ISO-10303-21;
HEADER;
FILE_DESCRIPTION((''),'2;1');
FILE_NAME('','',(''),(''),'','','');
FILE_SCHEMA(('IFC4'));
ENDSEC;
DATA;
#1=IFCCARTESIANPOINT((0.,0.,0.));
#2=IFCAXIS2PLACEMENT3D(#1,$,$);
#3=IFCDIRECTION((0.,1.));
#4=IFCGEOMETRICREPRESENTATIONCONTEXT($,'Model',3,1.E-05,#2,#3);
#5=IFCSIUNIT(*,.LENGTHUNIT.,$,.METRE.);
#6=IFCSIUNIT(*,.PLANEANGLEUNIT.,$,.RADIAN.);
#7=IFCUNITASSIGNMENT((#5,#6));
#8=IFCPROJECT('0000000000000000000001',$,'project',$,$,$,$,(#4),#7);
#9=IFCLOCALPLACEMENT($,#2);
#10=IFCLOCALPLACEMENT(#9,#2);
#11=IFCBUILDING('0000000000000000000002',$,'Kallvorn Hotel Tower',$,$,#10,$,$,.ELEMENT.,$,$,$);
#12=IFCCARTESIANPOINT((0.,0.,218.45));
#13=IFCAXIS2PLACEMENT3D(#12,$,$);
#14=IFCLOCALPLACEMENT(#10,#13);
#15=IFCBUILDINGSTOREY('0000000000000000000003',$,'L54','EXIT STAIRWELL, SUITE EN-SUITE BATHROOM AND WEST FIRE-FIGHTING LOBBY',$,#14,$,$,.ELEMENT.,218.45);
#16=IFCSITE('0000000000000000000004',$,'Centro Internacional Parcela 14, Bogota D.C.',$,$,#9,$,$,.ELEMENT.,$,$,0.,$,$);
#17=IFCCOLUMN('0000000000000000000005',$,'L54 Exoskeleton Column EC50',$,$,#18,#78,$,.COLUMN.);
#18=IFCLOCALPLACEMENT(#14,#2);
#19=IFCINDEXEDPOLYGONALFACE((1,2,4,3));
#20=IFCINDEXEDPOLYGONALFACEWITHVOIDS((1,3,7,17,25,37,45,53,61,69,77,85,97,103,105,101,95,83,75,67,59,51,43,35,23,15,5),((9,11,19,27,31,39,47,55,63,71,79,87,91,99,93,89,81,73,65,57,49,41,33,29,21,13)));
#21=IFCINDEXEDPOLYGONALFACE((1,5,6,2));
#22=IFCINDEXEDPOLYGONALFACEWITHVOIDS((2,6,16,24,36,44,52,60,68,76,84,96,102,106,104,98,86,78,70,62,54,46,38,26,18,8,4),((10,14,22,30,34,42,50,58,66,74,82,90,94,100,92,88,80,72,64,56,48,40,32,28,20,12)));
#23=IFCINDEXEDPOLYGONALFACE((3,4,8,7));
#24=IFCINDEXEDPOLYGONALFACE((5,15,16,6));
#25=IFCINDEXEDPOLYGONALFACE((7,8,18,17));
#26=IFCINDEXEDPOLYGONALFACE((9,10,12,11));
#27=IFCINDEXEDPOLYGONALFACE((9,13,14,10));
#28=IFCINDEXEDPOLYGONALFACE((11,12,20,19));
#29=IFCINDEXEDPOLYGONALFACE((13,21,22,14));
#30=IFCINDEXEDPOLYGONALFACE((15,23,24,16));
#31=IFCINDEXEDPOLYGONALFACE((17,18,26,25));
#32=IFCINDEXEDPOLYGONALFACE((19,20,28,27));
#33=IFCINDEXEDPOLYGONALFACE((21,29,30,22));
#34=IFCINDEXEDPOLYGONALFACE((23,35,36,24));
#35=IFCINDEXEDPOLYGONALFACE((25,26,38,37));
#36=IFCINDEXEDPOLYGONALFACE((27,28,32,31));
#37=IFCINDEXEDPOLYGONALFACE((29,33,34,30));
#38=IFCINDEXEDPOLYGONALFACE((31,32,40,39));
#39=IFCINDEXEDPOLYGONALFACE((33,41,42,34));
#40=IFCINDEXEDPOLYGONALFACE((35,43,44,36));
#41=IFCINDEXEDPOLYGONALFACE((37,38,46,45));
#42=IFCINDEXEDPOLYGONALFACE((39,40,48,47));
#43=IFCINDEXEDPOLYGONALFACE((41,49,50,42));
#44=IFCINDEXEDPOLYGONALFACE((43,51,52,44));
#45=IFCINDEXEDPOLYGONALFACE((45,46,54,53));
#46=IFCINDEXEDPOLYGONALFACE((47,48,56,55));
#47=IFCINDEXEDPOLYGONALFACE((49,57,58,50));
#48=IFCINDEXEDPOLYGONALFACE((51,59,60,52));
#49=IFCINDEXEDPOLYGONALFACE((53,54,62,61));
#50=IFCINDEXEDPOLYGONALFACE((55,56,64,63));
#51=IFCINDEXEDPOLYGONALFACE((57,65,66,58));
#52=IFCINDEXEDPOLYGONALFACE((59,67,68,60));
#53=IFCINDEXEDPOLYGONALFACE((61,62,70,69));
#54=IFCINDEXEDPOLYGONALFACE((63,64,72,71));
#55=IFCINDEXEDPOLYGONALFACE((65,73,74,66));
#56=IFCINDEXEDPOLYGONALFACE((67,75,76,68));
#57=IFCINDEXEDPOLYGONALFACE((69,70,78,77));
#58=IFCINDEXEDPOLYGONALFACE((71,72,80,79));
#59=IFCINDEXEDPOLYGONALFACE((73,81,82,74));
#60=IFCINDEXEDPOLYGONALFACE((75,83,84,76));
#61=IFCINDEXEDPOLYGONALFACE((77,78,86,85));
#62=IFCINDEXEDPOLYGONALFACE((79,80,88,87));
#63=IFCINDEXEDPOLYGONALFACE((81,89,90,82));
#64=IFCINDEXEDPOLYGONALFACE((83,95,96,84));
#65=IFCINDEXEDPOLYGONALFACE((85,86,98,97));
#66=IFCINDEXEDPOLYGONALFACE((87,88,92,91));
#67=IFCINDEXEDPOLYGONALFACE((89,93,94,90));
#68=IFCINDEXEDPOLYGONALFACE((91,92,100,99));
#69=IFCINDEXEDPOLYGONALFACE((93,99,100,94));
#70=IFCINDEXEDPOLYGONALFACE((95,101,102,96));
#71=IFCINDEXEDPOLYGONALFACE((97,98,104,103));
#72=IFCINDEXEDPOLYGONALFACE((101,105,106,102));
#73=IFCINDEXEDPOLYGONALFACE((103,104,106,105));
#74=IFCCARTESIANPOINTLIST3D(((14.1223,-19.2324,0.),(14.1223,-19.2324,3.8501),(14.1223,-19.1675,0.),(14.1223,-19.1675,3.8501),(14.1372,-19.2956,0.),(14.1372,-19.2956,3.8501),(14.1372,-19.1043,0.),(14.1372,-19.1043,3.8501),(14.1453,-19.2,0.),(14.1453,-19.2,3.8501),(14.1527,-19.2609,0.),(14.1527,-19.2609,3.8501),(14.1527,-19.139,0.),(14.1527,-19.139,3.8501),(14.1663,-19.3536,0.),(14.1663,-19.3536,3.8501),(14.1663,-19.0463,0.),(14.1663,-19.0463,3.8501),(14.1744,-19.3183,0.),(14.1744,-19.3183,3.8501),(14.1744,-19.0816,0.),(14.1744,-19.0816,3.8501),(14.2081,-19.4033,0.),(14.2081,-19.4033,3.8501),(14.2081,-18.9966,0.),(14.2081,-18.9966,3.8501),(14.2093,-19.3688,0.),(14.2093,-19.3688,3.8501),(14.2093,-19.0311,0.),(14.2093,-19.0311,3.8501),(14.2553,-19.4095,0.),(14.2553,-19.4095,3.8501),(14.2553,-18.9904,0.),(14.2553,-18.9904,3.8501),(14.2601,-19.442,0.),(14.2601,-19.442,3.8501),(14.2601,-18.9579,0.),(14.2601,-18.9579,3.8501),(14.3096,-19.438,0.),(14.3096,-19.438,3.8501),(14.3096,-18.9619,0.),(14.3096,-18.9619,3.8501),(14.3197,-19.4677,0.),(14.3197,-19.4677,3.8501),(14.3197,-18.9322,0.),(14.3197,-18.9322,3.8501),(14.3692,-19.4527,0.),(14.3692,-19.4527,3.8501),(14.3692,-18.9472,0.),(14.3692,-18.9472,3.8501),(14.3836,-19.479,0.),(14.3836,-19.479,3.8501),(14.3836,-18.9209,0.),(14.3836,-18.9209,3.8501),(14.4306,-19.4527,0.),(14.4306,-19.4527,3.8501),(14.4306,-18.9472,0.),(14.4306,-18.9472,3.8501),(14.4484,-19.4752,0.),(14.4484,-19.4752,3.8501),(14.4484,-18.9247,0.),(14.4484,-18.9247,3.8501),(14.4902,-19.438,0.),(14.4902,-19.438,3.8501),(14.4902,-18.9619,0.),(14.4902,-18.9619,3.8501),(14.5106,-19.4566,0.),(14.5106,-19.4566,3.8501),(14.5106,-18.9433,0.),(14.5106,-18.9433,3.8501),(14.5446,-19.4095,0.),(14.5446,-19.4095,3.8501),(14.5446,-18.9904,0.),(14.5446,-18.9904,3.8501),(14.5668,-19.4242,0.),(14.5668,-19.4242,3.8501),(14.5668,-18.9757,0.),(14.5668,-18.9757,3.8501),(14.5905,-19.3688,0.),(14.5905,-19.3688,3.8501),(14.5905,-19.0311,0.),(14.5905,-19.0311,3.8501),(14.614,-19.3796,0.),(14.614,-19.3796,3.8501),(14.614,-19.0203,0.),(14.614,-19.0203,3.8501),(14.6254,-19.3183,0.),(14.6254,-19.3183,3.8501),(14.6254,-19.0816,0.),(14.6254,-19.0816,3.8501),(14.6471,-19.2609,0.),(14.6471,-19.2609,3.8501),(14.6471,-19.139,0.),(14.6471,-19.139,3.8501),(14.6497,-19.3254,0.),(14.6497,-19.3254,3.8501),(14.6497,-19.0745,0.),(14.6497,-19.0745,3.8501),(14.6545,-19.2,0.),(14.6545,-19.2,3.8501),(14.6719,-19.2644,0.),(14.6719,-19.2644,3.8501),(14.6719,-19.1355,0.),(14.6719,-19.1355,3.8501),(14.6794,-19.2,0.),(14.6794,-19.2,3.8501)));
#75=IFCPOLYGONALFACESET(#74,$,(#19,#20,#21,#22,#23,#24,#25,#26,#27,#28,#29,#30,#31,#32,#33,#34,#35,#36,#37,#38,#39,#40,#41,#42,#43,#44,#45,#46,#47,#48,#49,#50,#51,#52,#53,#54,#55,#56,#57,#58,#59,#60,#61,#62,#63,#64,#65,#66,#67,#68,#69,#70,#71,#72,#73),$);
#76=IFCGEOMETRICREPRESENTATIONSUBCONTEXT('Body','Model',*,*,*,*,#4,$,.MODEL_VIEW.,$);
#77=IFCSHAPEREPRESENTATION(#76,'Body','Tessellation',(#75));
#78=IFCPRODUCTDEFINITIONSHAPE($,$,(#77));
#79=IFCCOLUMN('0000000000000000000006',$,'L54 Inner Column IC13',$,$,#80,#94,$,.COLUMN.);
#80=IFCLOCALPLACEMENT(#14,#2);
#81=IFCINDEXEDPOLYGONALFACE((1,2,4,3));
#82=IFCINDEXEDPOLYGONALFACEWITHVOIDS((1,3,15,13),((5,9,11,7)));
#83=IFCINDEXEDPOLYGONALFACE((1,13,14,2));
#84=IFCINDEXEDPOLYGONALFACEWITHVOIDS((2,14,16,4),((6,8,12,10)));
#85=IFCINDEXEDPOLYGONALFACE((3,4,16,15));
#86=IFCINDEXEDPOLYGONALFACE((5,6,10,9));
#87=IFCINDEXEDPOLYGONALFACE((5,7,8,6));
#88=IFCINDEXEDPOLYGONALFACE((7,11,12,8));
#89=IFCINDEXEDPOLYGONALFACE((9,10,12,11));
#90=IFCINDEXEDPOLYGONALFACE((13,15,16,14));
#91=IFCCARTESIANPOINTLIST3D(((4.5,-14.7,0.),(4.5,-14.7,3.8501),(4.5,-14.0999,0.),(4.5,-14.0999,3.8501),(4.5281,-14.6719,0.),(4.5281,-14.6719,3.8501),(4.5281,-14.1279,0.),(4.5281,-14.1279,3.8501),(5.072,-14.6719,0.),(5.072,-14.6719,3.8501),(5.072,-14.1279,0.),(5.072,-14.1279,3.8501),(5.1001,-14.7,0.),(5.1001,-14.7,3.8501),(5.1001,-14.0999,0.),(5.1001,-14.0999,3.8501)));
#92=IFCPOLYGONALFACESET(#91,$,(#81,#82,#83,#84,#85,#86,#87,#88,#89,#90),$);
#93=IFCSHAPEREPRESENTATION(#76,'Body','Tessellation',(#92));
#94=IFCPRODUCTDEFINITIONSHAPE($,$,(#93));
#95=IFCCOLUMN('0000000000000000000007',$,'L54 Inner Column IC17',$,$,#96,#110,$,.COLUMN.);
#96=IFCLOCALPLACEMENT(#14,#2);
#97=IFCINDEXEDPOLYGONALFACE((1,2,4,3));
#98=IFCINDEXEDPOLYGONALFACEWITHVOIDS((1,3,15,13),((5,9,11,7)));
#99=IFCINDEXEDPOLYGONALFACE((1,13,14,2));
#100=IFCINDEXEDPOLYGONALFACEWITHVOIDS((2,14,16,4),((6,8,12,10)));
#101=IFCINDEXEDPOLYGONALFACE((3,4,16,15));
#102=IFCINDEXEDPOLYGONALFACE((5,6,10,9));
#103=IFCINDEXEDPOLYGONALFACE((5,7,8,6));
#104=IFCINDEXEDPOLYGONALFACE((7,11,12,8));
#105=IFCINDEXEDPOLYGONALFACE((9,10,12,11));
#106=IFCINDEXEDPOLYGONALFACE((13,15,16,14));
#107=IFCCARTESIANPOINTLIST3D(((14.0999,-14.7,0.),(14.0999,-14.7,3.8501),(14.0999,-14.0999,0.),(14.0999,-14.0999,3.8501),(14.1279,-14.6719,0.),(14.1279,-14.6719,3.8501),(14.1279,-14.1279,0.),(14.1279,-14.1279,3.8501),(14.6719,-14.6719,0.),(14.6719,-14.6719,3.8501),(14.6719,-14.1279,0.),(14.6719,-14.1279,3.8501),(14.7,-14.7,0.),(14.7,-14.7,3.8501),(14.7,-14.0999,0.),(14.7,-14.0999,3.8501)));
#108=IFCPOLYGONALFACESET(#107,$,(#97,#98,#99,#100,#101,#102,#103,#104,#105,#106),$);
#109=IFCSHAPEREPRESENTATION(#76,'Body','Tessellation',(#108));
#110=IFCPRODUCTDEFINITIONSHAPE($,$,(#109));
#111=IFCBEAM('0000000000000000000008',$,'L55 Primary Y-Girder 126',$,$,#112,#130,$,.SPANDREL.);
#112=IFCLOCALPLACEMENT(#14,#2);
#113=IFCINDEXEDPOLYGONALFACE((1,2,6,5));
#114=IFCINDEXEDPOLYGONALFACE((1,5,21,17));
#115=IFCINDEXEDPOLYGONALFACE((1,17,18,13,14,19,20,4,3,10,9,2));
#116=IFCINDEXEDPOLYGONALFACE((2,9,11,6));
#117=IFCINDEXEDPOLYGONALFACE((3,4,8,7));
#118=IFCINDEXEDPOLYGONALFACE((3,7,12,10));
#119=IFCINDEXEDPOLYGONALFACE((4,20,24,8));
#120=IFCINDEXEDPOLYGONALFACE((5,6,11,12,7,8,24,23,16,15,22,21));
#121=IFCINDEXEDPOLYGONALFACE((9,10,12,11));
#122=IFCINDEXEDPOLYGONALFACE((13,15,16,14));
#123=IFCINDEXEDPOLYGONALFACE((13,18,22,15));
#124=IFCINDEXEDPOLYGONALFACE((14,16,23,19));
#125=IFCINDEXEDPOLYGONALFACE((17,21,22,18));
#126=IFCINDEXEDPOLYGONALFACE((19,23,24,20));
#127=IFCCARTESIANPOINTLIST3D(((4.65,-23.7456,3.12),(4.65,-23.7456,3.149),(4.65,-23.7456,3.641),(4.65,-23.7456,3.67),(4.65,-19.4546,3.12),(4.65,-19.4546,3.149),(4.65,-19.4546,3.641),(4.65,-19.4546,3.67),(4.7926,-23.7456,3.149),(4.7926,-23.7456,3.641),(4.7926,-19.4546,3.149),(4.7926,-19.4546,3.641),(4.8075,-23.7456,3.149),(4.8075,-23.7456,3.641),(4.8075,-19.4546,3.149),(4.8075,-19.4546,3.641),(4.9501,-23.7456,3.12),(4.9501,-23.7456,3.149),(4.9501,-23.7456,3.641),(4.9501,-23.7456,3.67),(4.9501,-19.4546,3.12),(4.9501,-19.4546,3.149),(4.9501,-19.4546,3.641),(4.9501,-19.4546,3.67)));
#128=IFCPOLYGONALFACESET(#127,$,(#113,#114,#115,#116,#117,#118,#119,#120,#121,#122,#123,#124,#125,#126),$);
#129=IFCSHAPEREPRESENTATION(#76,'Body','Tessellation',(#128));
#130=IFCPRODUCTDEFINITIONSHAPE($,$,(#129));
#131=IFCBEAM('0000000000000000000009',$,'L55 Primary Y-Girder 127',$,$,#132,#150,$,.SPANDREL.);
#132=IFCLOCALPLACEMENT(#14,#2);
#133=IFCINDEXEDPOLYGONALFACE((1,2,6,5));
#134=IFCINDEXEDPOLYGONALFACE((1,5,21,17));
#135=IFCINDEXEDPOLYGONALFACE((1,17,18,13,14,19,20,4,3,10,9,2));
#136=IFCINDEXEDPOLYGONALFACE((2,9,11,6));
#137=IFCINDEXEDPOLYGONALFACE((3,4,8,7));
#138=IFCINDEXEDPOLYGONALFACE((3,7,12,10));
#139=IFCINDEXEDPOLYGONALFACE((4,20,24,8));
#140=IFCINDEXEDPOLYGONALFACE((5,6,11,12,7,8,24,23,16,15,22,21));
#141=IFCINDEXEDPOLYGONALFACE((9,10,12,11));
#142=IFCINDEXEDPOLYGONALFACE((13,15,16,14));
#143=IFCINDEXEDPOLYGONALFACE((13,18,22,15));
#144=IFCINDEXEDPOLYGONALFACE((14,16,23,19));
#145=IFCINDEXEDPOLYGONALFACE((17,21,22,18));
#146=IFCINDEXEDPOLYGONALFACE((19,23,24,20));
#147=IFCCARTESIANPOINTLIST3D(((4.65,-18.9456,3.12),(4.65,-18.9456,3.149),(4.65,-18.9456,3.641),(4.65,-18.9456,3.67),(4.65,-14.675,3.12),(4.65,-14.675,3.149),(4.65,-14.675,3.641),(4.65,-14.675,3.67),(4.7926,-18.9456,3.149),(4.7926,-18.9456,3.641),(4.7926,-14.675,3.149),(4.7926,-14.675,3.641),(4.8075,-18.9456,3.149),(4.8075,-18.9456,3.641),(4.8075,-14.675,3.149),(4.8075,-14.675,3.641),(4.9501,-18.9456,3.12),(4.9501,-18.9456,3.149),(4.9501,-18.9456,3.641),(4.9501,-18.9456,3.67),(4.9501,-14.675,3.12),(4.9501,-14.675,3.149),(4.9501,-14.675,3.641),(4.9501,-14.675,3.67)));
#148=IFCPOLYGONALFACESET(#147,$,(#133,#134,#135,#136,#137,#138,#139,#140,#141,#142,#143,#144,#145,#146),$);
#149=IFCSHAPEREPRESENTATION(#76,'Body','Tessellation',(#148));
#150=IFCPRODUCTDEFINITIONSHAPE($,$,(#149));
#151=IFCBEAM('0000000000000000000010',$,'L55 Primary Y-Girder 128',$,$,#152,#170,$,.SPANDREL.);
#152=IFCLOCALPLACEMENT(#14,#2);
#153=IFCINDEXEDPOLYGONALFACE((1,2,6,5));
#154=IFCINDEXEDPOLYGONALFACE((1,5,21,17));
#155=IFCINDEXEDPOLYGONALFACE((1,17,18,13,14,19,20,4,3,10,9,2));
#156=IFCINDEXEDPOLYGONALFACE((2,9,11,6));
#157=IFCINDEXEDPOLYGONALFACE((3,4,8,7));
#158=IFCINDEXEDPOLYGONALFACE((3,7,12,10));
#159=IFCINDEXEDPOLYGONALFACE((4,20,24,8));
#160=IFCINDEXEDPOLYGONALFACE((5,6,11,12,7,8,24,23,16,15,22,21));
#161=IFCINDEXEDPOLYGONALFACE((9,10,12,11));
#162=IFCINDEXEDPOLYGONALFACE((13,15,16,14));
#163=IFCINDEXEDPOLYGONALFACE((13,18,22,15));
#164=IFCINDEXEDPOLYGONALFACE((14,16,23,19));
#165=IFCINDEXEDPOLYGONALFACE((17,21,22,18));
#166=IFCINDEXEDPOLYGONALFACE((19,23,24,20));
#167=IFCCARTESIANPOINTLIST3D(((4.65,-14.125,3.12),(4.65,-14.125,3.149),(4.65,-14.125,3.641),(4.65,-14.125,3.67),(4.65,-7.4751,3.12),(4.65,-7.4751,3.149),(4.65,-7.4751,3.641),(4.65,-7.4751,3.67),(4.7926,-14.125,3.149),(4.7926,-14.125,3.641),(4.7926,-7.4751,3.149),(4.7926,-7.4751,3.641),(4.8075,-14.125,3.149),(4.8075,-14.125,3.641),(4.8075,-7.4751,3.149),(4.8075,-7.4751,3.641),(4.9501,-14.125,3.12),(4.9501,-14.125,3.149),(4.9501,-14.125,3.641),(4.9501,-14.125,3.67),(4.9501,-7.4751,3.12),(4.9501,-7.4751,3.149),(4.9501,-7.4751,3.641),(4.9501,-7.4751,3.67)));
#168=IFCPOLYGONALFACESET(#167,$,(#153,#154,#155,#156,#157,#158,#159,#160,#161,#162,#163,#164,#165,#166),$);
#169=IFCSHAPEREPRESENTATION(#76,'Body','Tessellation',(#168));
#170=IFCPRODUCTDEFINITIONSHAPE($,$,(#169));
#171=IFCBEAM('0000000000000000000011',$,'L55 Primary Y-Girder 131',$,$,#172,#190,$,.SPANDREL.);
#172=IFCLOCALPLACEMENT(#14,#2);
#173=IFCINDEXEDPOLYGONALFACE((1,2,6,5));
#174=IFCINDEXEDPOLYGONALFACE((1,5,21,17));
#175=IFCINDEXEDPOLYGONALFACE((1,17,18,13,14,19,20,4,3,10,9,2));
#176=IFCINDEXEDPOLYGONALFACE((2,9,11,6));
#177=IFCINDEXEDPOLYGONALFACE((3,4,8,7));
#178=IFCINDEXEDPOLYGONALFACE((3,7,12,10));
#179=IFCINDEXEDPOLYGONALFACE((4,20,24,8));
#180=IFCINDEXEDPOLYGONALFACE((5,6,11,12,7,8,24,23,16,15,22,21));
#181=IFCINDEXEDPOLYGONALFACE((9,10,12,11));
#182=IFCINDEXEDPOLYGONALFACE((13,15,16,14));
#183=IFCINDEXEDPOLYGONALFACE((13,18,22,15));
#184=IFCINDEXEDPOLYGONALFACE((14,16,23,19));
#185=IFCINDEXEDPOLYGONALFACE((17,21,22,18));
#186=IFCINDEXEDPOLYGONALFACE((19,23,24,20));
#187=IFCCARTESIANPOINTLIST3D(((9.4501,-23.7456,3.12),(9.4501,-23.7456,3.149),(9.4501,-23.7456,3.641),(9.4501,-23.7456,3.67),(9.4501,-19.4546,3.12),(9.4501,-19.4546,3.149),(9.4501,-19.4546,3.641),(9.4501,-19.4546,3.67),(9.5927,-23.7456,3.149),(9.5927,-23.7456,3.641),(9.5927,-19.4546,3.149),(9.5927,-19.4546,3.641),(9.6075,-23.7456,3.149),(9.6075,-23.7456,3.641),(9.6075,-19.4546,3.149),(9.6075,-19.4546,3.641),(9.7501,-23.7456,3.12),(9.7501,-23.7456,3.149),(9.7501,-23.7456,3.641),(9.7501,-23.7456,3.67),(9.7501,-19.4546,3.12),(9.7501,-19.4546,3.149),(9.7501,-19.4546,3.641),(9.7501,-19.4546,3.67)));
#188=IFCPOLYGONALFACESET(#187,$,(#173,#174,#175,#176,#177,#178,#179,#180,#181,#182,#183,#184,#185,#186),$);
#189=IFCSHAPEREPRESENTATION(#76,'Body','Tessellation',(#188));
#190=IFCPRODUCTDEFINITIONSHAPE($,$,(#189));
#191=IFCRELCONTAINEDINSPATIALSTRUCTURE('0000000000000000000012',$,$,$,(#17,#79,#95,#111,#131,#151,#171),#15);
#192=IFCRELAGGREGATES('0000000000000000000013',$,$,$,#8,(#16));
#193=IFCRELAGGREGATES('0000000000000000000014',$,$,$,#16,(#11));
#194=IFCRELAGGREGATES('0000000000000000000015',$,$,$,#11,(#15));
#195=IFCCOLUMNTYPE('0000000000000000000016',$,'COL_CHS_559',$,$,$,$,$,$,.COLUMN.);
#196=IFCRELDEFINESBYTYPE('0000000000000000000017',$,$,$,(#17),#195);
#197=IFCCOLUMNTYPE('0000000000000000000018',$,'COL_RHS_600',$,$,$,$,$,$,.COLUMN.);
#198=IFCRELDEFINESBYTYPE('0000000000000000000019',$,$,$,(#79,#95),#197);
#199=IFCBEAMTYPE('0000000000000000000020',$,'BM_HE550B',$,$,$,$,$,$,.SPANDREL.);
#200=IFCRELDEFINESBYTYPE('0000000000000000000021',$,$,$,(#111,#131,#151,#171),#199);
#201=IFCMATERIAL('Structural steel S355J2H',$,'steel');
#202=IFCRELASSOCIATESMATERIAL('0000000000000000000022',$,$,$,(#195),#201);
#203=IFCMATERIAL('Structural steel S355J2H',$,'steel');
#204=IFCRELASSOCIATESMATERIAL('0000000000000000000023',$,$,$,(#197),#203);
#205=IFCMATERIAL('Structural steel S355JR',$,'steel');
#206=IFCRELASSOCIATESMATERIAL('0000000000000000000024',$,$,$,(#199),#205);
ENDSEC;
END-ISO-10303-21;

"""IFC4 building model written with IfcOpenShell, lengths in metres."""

from ifc_helpers import new_model, si_unit, direction, frame, origin, origin_2d, place, context, subcontext, project, spatial, hollow_rectangle, hollow_circle, i_section, extrude, material, material_profile, profile_set, type_object, element, save


model = new_model("IFC4")

# Units and contexts
model_context = context("Model", 3, precision=1e-05, world=origin(), true_north=direction((0.0, 1.0)))
body_context = subcontext(model_context, "Body", "Model", "MODEL_VIEW")
ifc_project = project(units=[si_unit("LENGTHUNIT", "METRE"), si_unit("PLANEANGLEUNIT", "RADIAN")], contexts=[model_context])

# Site, building, storey
site_placement = place(None, origin())
site = spatial("IfcSite", under=ifc_project, at=site_placement, Name="Centro Internacional Parcela 14, Bogota D.C.", CompositionType="ELEMENT", RefElevation=0.0)
building_placement = place(site_placement, origin())
building = spatial("IfcBuilding", under=site, at=building_placement, Name="Kallvorn Hotel Tower", CompositionType="ELEMENT")
storey_placement = place(building_placement, frame((0.0, 0.0, 218.45)))
storey = spatial("IfcBuildingStorey", under=building, at=storey_placement, Name="L54", Description="EXIT STAIRWELL, SUITE EN-SUITE BATHROOM AND WEST FIRE-FIGHTING LOBBY", CompositionType="ELEMENT", Elevation=218.45)

# Columns
ifc_material_1 = material(Name="Structural steel S355J2H", Category="steel")
ifc_material_profile_1 = material_profile(ifc_material_1, hollow_circle(Radius=0.2795, WallThickness=0.0249, at=origin_2d()), Name="CHS 559x25")
ifc_profile_set_1 = profile_set([ifc_material_profile_1], Name="Structural steel S355J2H")
column_type_1 = type_object("IfcColumnType", Name="COL_CHS_559", PredefinedType="COLUMN", material=ifc_profile_set_1)
for number, where, z_axis, x_axis, name in (
    (1, (14.3999, -19.2, 0.0), (0.0, 0.0, 1.0), (1.0, 0.0, 0.0), "L54 Exoskeleton Column EC50"),
):
    element("IfcColumn", number, at=place(storey_placement, frame(where, z_axis=z_axis, x_axis=x_axis)), inside=storey, type_object=column_type_1, Name=name, PredefinedType="COLUMN", context=body_context, shape_type="SweptSolid", body=[
        extrude(hollow_circle(Radius=0.2795, WallThickness=0.0249, at=origin_2d()), origin(), (0.0, 0.0, 1.0), 3.8501),
    ])
ifc_material_2 = material(Name="Structural steel S355J2H", Category="steel")
ifc_material_profile_2 = material_profile(ifc_material_2, hollow_rectangle(XDim=0.6001, YDim=0.6001, WallThickness=0.0281, at=origin_2d()), Name="RHS 600x600x28")
ifc_profile_set_2 = profile_set([ifc_material_profile_2], Name="Structural steel S355J2H")
column_type_2 = type_object("IfcColumnType", Name="COL_RHS_600", PredefinedType="COLUMN", material=ifc_profile_set_2)
for number, where, z_axis, x_axis, name in (
    (2, (4.8, -14.3999, 0.0), (0.0, 0.0, 1.0), (1.0, 0.0, 0.0), "L54 Inner Column IC13"),
    (3, (14.3999, -14.3999, 0.0), (0.0, 0.0, 1.0), (1.0, 0.0, 0.0), "L54 Inner Column IC17"),
):
    element("IfcColumn", number, at=place(storey_placement, frame(where, z_axis=z_axis, x_axis=x_axis)), inside=storey, type_object=column_type_2, Name=name, PredefinedType="COLUMN", context=body_context, shape_type="SweptSolid", body=[
        extrude(hollow_rectangle(XDim=0.6001, YDim=0.6001, WallThickness=0.0281, at=origin_2d()), origin(), (0.0, 0.0, 1.0), 3.8501),
    ])

# Beams
ifc_material_3 = material(Name="Structural steel S355JR", Category="steel")
ifc_material_profile_3 = material_profile(ifc_material_3, i_section(OverallWidth=0.3, OverallDepth=0.55, WebThickness=0.0149, FlangeThickness=0.0291, at=origin_2d()), Name="HE 550 B")
ifc_profile_set_3 = profile_set([ifc_material_profile_3], Name="Structural steel S355JR")
beam_type_1 = type_object("IfcBeamType", Name="BM_HE550B", PredefinedType="SPANDREL", material=ifc_profile_set_3)
beam_1_placement = place(storey_placement, frame((4.8, -23.7456, 3.395), z_axis=(0.0, 1.0, 0.0), x_axis=(-1.0, 0.0, 0.0)))
element("IfcBeam", 4, at=beam_1_placement, inside=storey, type_object=beam_type_1, Name="L55 Primary Y-Girder 126", PredefinedType="SPANDREL", context=body_context, shape_type="SweptSolid", body=[
    extrude(i_section(OverallWidth=0.3, OverallDepth=0.55, WebThickness=0.0149, FlangeThickness=0.0291, at=origin_2d()), origin(), (0.0, 0.0, 1.0), 4.291),
])
beam_2_placement = place(storey_placement, frame((4.8, -18.9456, 3.395), z_axis=(0.0, 1.0, 0.0), x_axis=(-1.0, 0.0, 0.0)))
element("IfcBeam", 5, at=beam_2_placement, inside=storey, type_object=beam_type_1, Name="L55 Primary Y-Girder 127", PredefinedType="SPANDREL", context=body_context, shape_type="SweptSolid", body=[
    extrude(i_section(OverallWidth=0.3, OverallDepth=0.55, WebThickness=0.0149, FlangeThickness=0.0291, at=origin_2d()), origin(), (0.0, 0.0, 1.0), 4.2705),
])
beam_3_placement = place(storey_placement, frame((4.8, -14.125, 3.395), z_axis=(0.0, 1.0, 0.0), x_axis=(-1.0, 0.0, 0.0)))
element("IfcBeam", 6, at=beam_3_placement, inside=storey, type_object=beam_type_1, Name="L55 Primary Y-Girder 128", PredefinedType="SPANDREL", context=body_context, shape_type="SweptSolid", body=[
    extrude(i_section(OverallWidth=0.3, OverallDepth=0.55, WebThickness=0.0149, FlangeThickness=0.0291, at=origin_2d()), origin(), (0.0, 0.0, 1.0), 6.6499),
])
for number, where, z_axis, x_axis, name in (
    (7, (9.6001, -23.7456, 3.395), (0.0, 1.0, 0.0), (-1.0, 0.0, 0.0), "L55 Primary Y-Girder 131"),
):
    element("IfcBeam", number, at=place(storey_placement, frame(where, z_axis=z_axis, x_axis=x_axis)), inside=storey, type_object=beam_type_1, Name=name, PredefinedType="SPANDREL", context=body_context, shape_type="SweptSolid", body=[
        extrude(i_section(OverallWidth=0.3, OverallDepth=0.55, WebThickness=0.0149, FlangeThickness=0.0291, at=origin_2d()), origin(), (0.0, 0.0, 1.0), 4.291),
    ])

save(model, "model.ifc")
